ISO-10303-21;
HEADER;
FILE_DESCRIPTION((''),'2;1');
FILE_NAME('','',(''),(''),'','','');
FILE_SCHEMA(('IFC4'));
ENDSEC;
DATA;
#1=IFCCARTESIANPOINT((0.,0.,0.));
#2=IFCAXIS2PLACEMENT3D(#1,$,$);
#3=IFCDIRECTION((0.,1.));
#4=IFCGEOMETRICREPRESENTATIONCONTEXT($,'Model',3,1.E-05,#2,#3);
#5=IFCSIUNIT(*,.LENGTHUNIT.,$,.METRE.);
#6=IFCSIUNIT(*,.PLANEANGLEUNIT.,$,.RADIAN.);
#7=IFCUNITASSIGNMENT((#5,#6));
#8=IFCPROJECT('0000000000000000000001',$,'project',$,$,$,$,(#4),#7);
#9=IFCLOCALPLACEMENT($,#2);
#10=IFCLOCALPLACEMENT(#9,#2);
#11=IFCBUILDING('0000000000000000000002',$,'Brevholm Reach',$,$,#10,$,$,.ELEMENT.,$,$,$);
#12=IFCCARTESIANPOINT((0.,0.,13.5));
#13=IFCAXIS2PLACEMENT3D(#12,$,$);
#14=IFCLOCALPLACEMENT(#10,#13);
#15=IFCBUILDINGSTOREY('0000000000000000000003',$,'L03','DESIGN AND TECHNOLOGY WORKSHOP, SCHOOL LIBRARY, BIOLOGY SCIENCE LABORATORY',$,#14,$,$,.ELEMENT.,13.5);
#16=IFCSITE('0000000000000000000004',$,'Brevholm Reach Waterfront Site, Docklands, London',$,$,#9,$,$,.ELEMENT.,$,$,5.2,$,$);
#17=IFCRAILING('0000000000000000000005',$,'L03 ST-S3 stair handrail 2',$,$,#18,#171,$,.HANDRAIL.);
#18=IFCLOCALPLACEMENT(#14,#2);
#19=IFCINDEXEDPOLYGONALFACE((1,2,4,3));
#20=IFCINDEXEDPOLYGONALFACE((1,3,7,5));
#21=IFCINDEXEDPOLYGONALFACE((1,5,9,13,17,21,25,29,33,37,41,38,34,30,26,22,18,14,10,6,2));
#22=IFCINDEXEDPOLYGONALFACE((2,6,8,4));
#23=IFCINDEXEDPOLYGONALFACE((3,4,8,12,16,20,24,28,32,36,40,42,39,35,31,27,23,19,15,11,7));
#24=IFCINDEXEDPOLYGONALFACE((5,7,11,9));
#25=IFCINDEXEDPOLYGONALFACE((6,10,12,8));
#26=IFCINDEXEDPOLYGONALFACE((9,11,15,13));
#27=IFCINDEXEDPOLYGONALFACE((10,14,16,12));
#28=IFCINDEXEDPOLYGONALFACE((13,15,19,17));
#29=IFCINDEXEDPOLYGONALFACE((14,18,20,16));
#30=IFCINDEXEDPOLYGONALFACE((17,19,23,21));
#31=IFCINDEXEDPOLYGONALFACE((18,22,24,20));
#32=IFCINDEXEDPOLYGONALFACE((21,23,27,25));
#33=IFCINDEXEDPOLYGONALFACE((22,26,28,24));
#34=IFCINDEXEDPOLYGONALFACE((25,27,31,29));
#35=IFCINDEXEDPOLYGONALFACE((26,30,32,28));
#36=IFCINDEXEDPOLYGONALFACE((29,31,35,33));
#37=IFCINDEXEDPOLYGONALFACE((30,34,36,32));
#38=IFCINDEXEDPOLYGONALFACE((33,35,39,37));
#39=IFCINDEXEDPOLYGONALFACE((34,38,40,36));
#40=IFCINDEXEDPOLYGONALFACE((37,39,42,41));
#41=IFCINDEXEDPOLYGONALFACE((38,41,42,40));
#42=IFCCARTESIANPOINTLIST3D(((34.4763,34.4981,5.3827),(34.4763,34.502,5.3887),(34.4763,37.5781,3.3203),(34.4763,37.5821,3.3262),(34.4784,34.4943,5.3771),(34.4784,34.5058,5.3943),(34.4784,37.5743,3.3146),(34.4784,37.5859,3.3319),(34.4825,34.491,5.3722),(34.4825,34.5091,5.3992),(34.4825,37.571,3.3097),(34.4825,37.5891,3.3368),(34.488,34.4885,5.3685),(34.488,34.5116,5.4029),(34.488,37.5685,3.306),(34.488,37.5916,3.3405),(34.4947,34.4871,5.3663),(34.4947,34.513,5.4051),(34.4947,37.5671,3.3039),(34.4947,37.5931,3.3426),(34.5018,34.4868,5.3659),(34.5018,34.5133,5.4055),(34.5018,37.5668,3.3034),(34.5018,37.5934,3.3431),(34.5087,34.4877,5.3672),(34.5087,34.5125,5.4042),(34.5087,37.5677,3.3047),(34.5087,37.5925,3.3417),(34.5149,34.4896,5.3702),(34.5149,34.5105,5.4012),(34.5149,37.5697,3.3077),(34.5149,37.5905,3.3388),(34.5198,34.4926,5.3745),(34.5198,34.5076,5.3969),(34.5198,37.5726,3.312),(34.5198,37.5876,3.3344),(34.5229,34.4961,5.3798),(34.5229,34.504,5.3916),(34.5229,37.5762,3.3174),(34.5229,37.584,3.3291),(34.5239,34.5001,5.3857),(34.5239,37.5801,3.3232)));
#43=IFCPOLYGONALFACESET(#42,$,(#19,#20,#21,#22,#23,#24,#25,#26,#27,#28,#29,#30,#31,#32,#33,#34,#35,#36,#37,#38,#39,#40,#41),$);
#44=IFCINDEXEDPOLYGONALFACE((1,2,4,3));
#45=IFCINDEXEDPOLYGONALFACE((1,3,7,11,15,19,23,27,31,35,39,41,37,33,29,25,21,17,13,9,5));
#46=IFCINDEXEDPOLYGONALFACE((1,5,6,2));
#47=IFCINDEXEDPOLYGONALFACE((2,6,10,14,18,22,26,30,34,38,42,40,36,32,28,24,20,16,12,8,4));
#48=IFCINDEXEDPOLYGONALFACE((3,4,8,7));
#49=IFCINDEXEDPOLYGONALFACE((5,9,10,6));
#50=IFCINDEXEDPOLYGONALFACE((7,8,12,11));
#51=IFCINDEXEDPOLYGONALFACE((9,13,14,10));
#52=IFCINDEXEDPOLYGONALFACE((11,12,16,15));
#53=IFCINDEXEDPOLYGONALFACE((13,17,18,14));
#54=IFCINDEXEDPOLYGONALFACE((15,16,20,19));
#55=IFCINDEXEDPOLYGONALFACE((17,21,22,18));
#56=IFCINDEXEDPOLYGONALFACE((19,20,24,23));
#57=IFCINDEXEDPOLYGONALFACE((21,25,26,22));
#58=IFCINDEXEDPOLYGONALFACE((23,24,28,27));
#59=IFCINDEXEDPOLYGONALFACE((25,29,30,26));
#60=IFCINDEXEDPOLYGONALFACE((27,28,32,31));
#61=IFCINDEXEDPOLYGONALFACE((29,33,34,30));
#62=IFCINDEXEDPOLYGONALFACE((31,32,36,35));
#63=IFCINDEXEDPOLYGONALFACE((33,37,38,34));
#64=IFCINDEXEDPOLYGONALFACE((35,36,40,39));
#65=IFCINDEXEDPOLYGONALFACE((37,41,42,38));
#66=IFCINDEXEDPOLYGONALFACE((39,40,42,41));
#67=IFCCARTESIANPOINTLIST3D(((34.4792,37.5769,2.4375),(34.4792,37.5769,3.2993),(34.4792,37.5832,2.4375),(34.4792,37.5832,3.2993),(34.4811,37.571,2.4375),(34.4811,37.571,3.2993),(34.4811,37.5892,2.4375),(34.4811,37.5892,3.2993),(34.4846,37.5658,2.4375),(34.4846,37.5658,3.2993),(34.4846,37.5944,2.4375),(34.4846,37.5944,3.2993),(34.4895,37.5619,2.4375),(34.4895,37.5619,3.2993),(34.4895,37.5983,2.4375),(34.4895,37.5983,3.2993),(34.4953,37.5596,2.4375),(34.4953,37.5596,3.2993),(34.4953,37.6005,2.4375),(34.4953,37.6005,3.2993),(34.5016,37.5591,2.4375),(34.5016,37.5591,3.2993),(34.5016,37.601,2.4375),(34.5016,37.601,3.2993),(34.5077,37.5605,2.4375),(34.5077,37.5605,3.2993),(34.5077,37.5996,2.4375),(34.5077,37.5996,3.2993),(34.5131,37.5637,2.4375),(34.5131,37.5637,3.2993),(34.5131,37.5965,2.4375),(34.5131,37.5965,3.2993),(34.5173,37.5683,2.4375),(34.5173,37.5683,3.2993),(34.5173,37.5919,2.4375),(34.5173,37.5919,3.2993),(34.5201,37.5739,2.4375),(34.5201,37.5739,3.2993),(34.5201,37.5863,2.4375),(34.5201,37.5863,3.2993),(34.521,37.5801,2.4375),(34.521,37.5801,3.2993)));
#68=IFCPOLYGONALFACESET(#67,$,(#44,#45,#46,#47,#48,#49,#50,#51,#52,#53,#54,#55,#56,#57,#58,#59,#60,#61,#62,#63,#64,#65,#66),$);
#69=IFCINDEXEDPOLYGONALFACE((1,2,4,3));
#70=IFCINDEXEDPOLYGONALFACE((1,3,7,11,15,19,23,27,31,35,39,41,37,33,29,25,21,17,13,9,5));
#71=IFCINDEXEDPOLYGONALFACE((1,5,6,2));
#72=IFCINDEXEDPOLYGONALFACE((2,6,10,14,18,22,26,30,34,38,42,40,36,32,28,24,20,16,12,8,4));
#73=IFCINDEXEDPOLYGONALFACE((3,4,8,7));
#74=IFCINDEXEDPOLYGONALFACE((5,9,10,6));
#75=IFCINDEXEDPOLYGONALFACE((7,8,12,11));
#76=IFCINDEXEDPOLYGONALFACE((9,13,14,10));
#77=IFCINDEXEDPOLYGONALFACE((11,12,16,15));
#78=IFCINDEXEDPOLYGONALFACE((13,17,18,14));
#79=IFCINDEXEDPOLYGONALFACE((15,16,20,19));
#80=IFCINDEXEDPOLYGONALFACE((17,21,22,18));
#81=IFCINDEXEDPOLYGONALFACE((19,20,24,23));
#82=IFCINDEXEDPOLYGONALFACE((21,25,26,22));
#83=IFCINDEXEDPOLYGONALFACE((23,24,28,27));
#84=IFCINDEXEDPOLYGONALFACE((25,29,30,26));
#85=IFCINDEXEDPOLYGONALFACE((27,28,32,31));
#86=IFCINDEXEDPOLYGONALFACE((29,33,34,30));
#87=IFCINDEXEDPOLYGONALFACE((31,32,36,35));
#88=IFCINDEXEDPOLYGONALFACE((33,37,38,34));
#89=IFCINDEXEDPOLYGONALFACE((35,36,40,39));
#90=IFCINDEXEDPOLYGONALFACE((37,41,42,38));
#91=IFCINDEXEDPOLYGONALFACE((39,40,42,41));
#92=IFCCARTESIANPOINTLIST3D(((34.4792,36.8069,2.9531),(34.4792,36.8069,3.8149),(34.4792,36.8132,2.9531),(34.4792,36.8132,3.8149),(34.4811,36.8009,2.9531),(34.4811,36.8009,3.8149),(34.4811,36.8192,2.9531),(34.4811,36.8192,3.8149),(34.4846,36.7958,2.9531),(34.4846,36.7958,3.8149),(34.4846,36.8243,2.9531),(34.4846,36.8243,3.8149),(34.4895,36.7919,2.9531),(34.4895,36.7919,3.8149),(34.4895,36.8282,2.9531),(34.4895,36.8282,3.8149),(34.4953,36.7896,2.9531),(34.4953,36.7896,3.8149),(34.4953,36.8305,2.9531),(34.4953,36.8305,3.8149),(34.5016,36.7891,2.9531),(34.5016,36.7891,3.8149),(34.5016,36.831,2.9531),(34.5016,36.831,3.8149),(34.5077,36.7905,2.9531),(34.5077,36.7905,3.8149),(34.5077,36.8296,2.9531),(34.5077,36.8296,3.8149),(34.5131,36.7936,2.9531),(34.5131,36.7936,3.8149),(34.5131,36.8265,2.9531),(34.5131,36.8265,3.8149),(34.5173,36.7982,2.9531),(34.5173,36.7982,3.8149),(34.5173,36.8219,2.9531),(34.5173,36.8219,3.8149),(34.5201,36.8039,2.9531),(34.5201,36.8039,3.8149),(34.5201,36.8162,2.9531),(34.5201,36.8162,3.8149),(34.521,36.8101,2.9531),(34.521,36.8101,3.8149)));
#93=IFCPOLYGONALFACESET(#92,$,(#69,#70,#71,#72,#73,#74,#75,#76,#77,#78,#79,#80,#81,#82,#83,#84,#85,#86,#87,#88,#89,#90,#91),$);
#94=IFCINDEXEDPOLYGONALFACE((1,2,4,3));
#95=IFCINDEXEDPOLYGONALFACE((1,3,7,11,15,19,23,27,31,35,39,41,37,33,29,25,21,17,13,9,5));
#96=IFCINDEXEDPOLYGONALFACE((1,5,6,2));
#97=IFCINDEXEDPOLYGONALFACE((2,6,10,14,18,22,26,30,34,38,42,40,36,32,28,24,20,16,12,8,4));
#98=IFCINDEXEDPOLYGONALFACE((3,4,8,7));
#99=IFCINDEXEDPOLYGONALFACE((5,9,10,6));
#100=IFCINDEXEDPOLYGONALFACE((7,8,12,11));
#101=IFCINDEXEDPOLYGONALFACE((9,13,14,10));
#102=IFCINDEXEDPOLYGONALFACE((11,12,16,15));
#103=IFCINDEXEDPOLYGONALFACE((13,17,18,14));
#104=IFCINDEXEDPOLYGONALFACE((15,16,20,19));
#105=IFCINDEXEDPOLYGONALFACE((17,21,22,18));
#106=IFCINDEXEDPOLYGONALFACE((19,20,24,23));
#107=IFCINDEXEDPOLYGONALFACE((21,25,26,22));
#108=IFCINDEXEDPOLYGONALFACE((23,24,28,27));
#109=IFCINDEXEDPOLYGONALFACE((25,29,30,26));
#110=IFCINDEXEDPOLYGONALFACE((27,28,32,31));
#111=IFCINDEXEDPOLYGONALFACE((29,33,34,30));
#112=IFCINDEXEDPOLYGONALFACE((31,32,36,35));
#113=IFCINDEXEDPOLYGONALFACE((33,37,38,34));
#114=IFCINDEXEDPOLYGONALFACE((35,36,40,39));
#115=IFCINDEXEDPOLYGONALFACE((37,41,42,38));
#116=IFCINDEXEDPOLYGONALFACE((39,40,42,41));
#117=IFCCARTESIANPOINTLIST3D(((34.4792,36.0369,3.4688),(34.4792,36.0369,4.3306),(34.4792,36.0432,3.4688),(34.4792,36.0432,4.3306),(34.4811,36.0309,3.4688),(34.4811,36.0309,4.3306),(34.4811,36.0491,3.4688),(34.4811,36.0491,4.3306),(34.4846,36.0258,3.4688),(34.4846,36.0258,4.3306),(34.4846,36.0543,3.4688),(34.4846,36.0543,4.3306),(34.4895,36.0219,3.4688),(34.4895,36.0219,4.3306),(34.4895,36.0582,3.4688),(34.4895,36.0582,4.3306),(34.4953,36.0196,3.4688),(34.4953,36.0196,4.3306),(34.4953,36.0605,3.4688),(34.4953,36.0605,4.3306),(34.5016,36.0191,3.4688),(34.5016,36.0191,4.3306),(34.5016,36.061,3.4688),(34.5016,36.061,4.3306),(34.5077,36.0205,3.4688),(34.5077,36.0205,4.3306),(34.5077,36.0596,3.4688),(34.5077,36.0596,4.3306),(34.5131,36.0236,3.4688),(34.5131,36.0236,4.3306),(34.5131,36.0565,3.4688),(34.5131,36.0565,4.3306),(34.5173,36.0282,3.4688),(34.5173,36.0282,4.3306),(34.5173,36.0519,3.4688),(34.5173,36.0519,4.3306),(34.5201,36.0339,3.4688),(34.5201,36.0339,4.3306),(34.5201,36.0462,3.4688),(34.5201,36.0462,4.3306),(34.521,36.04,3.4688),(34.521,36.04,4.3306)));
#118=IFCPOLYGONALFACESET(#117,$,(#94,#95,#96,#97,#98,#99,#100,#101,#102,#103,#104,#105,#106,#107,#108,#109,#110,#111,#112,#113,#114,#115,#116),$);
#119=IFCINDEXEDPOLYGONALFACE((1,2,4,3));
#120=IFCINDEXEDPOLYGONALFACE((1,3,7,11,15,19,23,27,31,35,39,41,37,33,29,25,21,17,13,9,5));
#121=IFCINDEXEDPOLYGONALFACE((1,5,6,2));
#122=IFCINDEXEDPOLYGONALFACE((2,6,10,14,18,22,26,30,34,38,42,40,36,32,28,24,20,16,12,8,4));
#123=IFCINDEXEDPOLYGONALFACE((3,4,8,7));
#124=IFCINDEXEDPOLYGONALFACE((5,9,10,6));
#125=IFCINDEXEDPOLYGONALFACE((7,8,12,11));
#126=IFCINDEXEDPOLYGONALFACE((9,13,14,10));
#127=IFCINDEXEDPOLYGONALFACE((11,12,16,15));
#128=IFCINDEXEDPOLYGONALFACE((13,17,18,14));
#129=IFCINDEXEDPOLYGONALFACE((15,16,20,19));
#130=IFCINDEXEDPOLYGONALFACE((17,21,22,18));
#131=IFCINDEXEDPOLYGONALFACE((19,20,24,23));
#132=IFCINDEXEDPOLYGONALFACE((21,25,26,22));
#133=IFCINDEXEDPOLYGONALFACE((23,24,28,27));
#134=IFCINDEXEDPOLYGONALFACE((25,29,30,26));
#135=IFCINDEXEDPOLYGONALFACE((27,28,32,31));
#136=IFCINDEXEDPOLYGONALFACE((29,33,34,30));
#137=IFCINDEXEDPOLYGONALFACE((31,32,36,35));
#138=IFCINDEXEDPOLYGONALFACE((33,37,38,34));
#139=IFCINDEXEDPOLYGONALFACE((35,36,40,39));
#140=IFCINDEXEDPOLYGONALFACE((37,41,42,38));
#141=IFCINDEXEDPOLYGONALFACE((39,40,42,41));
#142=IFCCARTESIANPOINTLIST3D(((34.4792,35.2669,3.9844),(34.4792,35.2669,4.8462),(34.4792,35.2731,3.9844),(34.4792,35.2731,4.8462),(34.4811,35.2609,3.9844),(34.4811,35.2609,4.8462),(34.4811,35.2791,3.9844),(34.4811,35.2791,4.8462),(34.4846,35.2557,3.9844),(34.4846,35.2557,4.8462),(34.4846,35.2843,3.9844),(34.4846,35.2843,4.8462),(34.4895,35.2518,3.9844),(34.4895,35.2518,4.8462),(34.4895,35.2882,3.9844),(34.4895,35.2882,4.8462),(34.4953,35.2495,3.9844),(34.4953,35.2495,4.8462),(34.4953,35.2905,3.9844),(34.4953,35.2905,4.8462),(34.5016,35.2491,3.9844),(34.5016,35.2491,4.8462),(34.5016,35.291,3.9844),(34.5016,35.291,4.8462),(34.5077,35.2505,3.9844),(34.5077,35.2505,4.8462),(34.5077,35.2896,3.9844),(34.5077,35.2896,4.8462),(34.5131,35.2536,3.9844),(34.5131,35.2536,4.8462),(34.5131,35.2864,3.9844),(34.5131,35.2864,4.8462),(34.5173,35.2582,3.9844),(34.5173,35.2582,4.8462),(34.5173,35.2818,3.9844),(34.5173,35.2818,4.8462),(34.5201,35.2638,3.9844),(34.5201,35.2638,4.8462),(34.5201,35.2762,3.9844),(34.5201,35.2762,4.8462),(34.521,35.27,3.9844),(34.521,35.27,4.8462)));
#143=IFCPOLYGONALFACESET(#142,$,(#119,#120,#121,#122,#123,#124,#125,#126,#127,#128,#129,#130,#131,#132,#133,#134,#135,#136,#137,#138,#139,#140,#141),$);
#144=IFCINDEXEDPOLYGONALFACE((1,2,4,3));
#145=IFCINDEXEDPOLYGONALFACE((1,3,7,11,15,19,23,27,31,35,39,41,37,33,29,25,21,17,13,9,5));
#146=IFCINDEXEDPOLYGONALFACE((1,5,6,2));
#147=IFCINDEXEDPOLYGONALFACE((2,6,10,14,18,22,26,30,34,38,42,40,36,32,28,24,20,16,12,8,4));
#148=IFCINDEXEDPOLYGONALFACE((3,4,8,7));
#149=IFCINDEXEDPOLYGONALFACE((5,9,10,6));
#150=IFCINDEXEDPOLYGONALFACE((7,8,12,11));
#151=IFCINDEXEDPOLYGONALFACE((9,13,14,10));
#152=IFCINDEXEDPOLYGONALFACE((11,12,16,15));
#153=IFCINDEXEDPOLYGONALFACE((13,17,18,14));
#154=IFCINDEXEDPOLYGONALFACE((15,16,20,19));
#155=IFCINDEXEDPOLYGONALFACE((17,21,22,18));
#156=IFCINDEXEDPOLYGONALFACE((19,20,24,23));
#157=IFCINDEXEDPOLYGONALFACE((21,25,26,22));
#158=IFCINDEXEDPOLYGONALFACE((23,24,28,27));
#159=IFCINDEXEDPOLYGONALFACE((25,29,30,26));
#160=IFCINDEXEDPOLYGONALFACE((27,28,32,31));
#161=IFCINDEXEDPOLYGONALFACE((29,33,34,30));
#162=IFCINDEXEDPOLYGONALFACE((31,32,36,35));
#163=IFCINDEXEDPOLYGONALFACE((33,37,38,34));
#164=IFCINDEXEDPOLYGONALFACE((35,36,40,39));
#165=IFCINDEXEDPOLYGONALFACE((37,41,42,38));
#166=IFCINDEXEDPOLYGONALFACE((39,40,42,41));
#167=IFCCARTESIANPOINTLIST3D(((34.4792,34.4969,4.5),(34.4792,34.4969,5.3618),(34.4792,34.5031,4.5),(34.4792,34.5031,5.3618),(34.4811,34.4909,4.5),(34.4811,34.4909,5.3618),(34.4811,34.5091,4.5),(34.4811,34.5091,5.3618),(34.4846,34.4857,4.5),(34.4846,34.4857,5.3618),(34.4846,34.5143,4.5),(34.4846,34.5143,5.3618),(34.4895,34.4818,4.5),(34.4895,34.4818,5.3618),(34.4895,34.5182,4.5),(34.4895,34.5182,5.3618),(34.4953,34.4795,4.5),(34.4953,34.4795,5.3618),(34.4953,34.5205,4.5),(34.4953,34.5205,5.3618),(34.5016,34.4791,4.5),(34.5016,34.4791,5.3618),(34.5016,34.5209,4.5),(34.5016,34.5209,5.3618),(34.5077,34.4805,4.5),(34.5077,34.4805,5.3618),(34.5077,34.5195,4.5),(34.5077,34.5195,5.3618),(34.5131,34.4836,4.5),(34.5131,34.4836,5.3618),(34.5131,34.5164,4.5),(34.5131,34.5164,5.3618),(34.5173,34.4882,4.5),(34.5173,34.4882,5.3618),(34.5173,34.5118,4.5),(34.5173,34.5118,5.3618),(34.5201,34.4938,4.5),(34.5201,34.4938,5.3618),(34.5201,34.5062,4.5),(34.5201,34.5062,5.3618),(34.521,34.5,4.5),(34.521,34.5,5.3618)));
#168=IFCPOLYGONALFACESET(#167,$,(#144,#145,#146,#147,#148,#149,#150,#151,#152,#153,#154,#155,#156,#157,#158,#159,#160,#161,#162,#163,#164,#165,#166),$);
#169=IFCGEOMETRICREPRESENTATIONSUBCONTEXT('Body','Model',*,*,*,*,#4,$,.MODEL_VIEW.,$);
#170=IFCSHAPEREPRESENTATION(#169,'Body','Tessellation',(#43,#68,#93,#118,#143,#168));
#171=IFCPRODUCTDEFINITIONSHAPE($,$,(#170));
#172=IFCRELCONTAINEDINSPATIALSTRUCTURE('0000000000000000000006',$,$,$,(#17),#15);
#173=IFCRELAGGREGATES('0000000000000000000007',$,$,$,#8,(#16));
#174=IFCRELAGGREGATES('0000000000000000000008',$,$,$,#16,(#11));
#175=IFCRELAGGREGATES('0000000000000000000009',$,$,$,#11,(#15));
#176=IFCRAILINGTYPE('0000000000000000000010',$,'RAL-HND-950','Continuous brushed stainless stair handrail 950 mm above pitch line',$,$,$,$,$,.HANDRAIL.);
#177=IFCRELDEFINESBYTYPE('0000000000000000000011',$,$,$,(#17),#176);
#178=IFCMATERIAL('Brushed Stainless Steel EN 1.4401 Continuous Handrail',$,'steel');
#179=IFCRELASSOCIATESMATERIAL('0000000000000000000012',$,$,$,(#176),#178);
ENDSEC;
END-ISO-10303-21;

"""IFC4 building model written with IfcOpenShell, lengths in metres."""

from ifc_helpers import new_model, si_unit, direction, frame, origin, origin_2d, place, context, subcontext, project, spatial, circle, extrude, material, type_object, element, save


model = new_model("IFC4")

# Units and contexts
model_context = context("Model", 3, precision=1e-05, world=origin(), true_north=direction((0.0, 1.0)))
body_context = subcontext(model_context, "Body", "Model", "MODEL_VIEW")
ifc_project = project(units=[si_unit("LENGTHUNIT", "METRE"), si_unit("PLANEANGLEUNIT", "RADIAN")], contexts=[model_context])

# Site, building, storey
site_placement = place(None, origin())
site = spatial("IfcSite", under=ifc_project, at=site_placement, Name="Brevholm Reach Waterfront Site, Docklands, London", CompositionType="ELEMENT", RefElevation=5.2)
building_placement = place(site_placement, origin())
building = spatial("IfcBuilding", under=site, at=building_placement, Name="Brevholm Reach", CompositionType="ELEMENT")
storey_placement = place(building_placement, frame((0.0, 0.0, 13.5)))
storey = spatial("IfcBuildingStorey", under=building, at=storey_placement, Name="L03", Description="DESIGN AND TECHNOLOGY WORKSHOP, SCHOOL LIBRARY, BIOLOGY SCIENCE LABORATORY", CompositionType="ELEMENT", Elevation=13.5)

# Railing
ifc_material_1 = material(Name="Brushed Stainless Steel EN 1.4401 Continuous Handrail", Category="steel")
railing_type_1 = type_object("IfcRailingType", Name="RAL-HND-950", Description="Continuous brushed stainless stair handrail 950 mm above pitch line", PredefinedType="HANDRAIL", material=ifc_material_1)
railing_1_placement = place(storey_placement, frame((34.5, 37.5801, 2.4375)))
element("IfcRailing", 1, at=railing_1_placement, inside=storey, type_object=railing_type_1, Name="L03 ST-S3 stair handrail 2", PredefinedType="HANDRAIL", context=body_context, shape_type="SweptSolid", body=[
    extrude(circle(Radius=0.0239, at=origin_2d()), frame((0.0, 0.0, 0.8857), z_axis=(0.0, -0.830914, 0.556401), x_axis=(1.0, 0.0, 0.0)), (0.0, 0.0, 1.0), 3.7068),
    extrude(circle(Radius=0.021, at=origin_2d()), origin(), (0.0, 0.0, 1.0), 0.8618),
    extrude(circle(Radius=0.021, at=origin_2d()), frame((0.0, -0.77, 0.5156)), (0.0, 0.0, 1.0), 0.8618),
    extrude(circle(Radius=0.021, at=origin_2d()), frame((0.0, -1.54, 1.0312)), (0.0, 0.0, 1.0), 0.8618),
    extrude(circle(Radius=0.021, at=origin_2d()), frame((0.0, -2.3101, 1.5469)), (0.0, 0.0, 1.0), 0.8618),
    extrude(circle(Radius=0.021, at=origin_2d()), frame((0.0, -3.0801, 2.0625)), (0.0, 0.0, 1.0), 0.8618),
])

save(model, "model.ifc")
